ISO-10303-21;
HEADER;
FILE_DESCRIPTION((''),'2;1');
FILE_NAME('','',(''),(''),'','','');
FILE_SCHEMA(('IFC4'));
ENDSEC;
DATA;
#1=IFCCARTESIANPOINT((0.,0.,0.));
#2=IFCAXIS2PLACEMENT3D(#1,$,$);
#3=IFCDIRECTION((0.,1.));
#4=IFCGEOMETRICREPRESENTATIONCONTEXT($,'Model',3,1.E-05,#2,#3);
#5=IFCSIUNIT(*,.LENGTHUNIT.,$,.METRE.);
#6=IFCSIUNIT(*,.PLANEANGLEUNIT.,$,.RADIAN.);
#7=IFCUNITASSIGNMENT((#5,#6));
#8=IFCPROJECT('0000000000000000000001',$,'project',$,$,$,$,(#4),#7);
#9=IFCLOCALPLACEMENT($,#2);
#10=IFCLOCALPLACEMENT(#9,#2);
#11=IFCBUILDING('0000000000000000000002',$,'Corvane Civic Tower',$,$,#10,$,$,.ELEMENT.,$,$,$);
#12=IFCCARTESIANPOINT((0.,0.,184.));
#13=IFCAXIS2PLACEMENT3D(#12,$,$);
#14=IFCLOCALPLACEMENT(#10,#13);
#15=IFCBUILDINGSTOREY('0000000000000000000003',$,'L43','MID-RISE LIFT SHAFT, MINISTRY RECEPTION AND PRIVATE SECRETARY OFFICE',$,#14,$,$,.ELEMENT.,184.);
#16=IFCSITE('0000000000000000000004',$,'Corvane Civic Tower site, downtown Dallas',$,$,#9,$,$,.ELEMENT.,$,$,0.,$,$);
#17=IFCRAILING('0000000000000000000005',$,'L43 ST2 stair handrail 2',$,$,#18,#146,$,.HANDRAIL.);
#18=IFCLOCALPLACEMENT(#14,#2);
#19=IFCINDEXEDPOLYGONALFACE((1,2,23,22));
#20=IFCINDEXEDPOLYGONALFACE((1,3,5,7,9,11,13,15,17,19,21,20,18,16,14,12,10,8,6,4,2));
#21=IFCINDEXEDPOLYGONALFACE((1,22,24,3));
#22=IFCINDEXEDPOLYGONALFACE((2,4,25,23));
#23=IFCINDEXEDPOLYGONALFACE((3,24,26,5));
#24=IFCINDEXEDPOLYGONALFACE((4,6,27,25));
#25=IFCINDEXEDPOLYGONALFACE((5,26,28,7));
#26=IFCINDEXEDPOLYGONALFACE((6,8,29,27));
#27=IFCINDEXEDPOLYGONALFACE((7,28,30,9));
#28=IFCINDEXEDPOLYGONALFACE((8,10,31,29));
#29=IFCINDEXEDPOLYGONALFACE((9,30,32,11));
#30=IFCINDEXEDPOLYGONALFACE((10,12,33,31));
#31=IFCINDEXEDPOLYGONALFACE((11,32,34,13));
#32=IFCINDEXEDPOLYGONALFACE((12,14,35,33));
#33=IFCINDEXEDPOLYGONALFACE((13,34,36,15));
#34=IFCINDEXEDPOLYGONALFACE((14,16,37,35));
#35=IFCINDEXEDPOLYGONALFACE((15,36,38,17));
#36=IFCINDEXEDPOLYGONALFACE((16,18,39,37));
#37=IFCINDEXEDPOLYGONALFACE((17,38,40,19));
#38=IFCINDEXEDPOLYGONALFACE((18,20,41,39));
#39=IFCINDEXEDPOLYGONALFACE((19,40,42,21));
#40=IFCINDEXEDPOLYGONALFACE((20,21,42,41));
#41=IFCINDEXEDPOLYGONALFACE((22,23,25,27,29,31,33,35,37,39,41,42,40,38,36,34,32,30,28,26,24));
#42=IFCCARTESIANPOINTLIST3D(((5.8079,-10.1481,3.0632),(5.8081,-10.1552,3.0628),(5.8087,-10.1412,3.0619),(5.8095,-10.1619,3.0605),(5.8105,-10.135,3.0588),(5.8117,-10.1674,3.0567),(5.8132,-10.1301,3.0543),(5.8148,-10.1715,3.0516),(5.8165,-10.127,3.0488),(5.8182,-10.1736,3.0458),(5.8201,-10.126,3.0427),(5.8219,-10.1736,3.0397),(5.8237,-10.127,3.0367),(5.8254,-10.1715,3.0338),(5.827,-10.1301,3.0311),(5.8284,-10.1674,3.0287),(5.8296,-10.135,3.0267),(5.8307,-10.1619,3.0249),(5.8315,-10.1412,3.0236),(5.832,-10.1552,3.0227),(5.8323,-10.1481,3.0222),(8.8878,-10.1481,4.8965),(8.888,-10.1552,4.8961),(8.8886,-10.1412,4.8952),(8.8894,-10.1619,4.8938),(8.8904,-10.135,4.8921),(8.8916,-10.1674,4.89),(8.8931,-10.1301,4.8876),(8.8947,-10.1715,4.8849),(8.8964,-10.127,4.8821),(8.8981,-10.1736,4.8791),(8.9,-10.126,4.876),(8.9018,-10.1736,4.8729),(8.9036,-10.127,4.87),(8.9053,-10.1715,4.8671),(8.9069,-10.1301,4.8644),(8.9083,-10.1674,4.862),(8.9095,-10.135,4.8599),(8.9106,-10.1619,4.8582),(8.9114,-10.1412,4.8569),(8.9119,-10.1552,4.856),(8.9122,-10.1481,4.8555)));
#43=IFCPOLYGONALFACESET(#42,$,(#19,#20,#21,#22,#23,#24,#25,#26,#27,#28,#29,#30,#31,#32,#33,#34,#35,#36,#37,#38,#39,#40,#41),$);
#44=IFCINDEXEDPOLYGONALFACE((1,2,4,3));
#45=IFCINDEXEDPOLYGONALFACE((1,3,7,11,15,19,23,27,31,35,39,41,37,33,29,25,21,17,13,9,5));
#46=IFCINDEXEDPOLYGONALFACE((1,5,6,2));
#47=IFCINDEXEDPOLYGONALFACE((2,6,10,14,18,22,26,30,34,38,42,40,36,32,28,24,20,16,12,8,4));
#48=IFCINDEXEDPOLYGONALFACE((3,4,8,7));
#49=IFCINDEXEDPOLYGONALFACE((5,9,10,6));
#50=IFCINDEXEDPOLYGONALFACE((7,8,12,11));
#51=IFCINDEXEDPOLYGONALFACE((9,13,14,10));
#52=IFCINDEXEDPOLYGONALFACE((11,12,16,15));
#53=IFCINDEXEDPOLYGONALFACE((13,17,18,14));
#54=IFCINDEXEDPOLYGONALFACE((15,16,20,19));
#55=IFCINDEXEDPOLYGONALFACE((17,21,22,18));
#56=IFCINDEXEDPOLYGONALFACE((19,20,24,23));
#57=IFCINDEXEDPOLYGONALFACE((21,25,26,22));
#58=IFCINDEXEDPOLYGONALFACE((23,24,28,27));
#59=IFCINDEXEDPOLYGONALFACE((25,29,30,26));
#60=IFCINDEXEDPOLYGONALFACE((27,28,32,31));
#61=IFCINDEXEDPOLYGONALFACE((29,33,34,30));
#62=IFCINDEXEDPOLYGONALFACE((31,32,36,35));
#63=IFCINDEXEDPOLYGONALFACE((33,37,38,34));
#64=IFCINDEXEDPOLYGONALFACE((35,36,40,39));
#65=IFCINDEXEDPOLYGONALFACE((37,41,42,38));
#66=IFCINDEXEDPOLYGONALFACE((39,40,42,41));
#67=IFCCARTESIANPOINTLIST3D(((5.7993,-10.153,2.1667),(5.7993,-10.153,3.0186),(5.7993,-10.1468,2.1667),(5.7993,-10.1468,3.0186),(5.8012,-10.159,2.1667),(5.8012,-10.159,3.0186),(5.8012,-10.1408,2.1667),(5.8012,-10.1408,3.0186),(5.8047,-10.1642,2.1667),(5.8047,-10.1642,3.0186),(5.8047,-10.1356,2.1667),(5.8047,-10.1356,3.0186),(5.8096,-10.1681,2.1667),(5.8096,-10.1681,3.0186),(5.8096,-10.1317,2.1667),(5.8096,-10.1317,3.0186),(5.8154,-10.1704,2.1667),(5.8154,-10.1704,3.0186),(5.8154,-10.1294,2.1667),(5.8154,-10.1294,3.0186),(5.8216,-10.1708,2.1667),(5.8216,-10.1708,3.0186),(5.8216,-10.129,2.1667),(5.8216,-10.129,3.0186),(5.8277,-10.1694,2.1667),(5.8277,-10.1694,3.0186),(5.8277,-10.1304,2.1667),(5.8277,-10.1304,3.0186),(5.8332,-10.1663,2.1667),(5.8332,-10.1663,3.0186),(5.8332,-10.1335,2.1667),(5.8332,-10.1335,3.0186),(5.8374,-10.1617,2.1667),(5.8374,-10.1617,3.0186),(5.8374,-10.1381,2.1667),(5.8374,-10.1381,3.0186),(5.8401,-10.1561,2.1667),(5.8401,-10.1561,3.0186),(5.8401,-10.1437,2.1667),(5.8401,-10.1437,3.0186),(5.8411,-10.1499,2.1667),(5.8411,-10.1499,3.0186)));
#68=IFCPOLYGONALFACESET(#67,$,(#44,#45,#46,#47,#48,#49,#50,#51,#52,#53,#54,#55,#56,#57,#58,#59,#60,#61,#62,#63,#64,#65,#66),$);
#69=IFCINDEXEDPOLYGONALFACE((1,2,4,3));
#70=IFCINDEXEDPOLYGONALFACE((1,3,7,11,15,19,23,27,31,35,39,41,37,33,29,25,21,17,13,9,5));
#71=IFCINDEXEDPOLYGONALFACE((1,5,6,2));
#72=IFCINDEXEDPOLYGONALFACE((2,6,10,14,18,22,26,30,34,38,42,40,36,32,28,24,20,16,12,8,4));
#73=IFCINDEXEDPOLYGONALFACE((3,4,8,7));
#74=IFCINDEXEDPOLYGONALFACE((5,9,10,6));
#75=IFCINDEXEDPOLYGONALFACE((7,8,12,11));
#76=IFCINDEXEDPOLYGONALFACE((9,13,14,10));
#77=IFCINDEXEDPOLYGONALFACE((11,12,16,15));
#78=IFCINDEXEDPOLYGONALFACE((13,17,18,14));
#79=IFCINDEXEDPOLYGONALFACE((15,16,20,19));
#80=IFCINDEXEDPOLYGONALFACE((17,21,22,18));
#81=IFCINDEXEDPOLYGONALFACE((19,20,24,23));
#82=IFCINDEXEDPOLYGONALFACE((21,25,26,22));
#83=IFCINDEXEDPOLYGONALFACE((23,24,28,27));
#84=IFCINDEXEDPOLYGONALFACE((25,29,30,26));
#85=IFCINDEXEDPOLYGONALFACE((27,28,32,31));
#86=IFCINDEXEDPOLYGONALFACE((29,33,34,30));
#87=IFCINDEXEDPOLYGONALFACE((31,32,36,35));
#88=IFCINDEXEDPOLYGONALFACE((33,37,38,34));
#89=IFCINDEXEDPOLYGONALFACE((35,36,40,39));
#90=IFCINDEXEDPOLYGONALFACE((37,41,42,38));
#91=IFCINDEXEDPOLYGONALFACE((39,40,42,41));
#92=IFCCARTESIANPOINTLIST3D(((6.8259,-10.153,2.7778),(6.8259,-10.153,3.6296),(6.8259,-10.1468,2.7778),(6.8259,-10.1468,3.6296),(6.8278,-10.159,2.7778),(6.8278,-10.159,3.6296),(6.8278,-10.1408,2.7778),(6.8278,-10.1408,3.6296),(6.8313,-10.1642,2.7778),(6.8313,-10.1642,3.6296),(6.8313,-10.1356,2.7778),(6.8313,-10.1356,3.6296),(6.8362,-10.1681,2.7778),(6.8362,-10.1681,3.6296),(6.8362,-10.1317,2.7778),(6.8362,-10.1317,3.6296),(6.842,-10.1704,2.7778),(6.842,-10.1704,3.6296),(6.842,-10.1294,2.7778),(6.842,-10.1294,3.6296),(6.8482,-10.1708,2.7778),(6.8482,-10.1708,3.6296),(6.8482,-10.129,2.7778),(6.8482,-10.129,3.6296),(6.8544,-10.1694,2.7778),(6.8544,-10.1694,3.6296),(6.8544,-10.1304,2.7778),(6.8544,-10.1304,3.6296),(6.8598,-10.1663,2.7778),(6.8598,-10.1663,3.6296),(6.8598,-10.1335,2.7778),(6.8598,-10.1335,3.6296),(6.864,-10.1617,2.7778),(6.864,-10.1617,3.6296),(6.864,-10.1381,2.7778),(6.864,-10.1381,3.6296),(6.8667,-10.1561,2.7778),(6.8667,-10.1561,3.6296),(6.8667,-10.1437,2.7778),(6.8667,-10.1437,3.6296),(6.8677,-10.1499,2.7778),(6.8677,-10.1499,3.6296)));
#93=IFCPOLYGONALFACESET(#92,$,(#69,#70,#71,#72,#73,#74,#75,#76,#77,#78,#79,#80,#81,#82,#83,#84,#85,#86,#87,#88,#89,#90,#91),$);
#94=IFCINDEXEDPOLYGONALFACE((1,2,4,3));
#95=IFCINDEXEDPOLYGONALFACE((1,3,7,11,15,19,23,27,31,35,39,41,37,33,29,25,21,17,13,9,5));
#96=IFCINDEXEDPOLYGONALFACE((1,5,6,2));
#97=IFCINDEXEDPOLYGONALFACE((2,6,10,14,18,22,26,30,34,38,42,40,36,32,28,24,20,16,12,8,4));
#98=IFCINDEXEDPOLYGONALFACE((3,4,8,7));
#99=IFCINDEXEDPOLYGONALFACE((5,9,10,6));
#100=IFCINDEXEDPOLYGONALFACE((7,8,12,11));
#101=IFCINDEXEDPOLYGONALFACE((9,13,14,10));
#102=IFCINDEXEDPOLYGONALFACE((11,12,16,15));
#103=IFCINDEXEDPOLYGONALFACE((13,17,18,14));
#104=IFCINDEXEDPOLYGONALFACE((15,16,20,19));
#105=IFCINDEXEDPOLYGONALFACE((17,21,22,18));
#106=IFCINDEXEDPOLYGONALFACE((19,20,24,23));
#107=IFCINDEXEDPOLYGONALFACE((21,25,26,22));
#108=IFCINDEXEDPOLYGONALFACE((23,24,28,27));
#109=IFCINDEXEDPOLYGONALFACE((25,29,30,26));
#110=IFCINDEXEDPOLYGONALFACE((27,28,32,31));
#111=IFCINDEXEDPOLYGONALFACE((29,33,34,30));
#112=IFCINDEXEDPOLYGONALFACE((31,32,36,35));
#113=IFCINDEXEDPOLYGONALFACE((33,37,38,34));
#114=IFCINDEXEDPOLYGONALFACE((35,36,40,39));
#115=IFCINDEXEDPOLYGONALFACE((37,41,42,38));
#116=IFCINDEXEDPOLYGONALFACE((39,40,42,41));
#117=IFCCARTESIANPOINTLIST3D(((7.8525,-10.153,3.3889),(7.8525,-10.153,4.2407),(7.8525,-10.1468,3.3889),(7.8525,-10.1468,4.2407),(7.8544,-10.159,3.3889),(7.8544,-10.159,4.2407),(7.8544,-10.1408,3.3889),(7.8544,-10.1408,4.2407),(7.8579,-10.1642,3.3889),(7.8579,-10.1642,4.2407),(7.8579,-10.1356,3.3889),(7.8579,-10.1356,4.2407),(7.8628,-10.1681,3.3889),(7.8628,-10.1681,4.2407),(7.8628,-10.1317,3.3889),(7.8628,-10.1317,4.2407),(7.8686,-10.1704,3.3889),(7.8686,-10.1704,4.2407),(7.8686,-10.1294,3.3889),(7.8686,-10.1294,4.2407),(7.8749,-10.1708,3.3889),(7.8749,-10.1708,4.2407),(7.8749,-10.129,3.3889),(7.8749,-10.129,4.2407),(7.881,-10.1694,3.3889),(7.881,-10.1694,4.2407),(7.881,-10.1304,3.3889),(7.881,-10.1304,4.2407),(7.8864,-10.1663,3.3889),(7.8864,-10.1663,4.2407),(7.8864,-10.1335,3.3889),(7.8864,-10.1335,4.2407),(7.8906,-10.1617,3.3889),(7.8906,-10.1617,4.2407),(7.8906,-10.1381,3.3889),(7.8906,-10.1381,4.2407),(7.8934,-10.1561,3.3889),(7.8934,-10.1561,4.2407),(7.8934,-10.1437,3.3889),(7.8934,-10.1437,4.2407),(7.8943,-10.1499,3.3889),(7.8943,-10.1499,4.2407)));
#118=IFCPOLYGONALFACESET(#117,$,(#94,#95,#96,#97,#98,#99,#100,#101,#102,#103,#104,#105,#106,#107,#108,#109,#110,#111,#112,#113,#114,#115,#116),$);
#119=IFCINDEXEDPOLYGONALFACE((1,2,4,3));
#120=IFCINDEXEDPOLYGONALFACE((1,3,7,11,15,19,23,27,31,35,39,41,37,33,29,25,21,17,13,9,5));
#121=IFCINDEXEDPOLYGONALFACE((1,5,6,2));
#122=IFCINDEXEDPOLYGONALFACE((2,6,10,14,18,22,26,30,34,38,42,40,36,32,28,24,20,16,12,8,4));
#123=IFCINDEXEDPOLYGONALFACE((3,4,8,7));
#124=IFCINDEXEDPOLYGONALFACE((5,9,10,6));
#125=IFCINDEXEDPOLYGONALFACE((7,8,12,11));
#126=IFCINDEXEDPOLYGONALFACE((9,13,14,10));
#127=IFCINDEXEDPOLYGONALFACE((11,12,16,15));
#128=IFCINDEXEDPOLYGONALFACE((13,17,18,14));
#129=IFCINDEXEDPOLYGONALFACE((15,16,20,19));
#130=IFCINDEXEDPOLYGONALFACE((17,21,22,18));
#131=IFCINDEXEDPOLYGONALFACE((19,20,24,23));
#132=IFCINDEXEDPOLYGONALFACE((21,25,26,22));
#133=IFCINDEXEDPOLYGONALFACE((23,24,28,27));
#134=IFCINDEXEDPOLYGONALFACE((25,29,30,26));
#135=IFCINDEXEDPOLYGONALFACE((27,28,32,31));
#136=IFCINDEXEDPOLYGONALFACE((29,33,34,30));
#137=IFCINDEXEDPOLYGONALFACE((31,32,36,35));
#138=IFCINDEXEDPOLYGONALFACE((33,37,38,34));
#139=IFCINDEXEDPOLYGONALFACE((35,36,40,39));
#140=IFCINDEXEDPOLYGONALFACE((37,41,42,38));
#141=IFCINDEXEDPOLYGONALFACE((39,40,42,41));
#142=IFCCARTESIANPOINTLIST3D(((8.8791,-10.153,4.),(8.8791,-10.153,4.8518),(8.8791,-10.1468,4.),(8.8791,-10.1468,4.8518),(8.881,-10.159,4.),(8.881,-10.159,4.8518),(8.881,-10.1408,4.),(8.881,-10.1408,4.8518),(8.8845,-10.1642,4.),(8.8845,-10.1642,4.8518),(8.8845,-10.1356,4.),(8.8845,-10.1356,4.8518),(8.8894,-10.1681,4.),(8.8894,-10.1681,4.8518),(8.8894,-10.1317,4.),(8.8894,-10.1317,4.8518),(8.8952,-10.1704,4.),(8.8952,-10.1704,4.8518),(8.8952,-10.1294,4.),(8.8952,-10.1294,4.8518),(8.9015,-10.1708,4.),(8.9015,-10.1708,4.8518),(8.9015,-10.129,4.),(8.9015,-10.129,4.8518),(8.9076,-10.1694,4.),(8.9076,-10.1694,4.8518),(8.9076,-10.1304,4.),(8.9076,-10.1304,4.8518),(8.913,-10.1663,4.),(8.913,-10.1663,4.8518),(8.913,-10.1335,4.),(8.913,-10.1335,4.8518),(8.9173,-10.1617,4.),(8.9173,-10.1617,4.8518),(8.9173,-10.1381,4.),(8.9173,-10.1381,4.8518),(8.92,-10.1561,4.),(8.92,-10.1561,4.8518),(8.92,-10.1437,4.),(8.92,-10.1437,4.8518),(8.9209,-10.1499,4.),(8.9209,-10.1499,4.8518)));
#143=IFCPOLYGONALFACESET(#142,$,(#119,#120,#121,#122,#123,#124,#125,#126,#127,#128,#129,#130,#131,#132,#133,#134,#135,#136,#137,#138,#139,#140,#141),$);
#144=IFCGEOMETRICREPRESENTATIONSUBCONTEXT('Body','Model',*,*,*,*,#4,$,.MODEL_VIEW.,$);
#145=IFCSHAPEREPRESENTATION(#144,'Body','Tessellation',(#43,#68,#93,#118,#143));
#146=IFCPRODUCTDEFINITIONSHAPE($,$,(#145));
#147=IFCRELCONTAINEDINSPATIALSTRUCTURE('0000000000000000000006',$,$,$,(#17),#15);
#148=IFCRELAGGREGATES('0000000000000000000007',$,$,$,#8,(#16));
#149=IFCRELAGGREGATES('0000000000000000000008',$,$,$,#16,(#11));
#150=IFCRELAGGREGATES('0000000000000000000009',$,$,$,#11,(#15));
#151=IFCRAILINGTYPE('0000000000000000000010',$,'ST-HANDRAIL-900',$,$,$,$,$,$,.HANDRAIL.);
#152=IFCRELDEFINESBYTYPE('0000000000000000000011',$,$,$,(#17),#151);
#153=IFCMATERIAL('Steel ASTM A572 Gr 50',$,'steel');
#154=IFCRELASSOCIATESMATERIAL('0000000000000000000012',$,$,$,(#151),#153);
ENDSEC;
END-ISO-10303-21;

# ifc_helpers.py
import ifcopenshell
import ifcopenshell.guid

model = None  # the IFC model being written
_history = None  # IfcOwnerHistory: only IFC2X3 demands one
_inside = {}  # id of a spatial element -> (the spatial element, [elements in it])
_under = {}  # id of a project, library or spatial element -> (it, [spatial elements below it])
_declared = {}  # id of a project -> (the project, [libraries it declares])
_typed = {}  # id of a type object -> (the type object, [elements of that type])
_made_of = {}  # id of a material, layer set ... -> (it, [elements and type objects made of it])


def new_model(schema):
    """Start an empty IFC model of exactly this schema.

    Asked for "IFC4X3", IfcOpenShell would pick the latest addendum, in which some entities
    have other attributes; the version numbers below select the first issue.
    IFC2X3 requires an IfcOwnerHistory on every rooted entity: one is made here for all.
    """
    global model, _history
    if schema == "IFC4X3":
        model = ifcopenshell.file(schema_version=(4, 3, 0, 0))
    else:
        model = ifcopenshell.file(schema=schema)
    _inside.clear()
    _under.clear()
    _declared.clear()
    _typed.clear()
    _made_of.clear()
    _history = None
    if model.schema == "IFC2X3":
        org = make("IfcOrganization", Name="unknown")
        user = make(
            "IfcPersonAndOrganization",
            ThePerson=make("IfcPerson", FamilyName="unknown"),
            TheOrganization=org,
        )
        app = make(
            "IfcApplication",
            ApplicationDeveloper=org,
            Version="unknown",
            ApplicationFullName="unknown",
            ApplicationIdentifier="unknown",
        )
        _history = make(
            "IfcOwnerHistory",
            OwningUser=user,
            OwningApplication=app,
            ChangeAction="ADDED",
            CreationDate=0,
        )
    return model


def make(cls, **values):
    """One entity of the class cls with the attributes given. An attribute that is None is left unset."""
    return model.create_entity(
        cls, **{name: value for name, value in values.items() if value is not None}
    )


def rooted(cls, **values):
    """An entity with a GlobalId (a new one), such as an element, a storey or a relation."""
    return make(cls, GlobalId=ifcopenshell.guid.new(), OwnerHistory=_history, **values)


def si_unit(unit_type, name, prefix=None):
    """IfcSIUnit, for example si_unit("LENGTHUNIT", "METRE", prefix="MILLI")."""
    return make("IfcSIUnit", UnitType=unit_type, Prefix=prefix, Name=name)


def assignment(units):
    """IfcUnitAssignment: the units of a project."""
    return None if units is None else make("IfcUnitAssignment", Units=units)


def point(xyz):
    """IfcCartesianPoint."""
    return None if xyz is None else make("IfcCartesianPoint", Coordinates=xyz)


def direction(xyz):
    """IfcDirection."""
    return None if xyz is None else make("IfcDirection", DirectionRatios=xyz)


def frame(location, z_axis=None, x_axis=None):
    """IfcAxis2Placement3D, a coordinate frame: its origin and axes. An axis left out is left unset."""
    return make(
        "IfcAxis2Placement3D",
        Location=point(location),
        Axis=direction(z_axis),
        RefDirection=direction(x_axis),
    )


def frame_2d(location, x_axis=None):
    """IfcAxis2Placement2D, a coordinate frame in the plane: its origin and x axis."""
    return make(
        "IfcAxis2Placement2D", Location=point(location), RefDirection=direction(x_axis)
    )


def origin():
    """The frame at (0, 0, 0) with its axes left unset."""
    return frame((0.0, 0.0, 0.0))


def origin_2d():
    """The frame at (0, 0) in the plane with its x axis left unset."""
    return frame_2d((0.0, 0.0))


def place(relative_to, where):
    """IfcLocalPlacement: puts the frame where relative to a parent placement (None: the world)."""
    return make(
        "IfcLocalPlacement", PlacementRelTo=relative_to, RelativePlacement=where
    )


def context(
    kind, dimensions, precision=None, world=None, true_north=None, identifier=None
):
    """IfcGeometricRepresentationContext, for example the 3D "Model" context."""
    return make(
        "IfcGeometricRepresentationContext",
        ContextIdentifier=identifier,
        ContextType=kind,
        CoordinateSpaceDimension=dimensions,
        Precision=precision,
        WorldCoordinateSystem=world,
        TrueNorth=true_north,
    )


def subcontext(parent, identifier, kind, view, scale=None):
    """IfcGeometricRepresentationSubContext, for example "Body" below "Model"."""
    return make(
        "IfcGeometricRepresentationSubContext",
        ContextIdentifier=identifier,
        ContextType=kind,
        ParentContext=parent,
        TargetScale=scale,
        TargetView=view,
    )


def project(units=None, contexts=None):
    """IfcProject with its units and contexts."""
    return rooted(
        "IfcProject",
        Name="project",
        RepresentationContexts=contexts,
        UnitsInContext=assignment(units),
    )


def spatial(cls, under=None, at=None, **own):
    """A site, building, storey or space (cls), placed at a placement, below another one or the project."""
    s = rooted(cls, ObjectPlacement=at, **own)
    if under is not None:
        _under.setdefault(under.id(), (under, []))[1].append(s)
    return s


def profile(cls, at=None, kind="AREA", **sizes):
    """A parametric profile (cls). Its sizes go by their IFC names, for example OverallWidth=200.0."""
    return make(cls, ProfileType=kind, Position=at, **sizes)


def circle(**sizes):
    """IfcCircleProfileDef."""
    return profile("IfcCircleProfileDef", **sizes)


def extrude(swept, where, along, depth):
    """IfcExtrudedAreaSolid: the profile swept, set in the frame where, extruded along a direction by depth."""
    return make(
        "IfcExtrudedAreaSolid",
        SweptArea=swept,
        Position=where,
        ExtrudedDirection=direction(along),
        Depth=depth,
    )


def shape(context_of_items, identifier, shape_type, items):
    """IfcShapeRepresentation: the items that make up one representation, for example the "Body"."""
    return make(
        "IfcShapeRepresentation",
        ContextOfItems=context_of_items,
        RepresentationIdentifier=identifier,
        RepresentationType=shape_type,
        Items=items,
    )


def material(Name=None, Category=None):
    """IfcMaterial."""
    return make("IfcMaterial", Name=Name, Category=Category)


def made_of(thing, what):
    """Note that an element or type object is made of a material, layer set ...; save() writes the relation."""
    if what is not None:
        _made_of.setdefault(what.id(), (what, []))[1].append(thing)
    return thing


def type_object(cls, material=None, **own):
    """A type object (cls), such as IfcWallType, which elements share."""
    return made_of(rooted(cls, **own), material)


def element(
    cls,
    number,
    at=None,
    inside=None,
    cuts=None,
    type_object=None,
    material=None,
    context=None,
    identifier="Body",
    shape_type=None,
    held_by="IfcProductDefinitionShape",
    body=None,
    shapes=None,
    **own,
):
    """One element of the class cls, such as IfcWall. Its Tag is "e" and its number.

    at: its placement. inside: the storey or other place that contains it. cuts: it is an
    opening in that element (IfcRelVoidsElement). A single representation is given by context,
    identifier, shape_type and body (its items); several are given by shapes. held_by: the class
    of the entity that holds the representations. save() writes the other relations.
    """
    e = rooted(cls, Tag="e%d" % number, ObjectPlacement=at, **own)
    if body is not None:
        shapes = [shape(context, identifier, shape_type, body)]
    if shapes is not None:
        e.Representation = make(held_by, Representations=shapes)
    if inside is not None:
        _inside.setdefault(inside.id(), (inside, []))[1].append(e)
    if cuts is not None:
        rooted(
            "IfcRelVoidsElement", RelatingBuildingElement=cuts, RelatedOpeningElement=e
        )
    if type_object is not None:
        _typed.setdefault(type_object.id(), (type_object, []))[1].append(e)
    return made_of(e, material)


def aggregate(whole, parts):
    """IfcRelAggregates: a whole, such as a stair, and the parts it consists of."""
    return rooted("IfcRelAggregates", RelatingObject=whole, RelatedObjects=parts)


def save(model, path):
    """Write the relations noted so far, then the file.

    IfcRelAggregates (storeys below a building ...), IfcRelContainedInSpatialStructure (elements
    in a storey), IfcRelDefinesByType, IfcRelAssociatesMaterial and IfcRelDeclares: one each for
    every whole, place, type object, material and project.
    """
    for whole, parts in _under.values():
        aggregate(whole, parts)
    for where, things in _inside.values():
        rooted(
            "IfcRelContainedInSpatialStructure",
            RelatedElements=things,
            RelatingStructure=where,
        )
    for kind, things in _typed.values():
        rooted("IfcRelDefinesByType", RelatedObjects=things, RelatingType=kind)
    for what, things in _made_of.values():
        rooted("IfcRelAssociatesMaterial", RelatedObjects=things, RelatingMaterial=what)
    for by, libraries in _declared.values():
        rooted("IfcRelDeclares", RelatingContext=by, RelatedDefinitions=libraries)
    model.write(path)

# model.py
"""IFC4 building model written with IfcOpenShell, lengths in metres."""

from ifc_helpers import new_model, si_unit, direction, frame, origin, origin_2d, place, context, subcontext, project, spatial, circle, extrude, material, type_object, element, save


model = new_model("IFC4")

# Units and contexts
model_context = context("Model", 3, precision=1e-05, world=origin(), true_north=direction((0.0, 1.0)))
body_context = subcontext(model_context, "Body", "Model", "MODEL_VIEW")
ifc_project = project(units=[si_unit("LENGTHUNIT", "METRE"), si_unit("PLANEANGLEUNIT", "RADIAN")], contexts=[model_context])

# Site, building, storey
site_placement = place(None, origin())
site = spatial("IfcSite", under=ifc_project, at=site_placement, Name="Corvane Civic Tower site, downtown Dallas", CompositionType="ELEMENT", RefElevation=0.0)
building_placement = place(site_placement, origin())
building = spatial("IfcBuilding", under=site, at=building_placement, Name="Corvane Civic Tower", CompositionType="ELEMENT")
storey_placement = place(building_placement, frame((0.0, 0.0, 184.0)))
storey = spatial("IfcBuildingStorey", under=building, at=storey_placement, Name="L43", Description="MID-RISE LIFT SHAFT, MINISTRY RECEPTION AND PRIVATE SECRETARY OFFICE", CompositionType="ELEMENT", Elevation=184.0)

# Railing
ifc_material_1 = material(Name="Steel ASTM A572 Gr 50", Category="steel")
railing_type_1 = type_object("IfcRailingType", Name="ST-HANDRAIL-900", PredefinedType="HANDRAIL", material=ifc_material_1)
railing_1_placement = place(storey_placement, frame((5.8201, -10.1499, 2.1667)))
element("IfcRailing", 1, at=railing_1_placement, inside=storey, type_object=railing_type_1, Name="L43 ST2 stair handrail 2", PredefinedType="HANDRAIL", context=body_context, shape_type="SweptSolid", body=[
    extrude(circle(Radius=0.0239, at=origin_2d()), frame((0.0, 0.0, 0.876), z_axis=(0.859291, 0.0, 0.511487), x_axis=(0.0, 1.0, 0.0)), (0.0, 0.0, 1.0), 3.5842),
    extrude(circle(Radius=0.021, at=origin_2d()), origin(), (0.0, 0.0, 1.0), 0.8518),
    extrude(circle(Radius=0.021, at=origin_2d()), frame((1.0266, 0.0, 0.6111)), (0.0, 0.0, 1.0), 0.8518),
    extrude(circle(Radius=0.021, at=origin_2d()), frame((2.0532, 0.0, 1.2222)), (0.0, 0.0, 1.0), 0.8518),
    extrude(circle(Radius=0.021, at=origin_2d()), frame((3.0798, 0.0, 1.8333)), (0.0, 0.0, 1.0), 0.8518),
])

save(model, "model.ifc")
